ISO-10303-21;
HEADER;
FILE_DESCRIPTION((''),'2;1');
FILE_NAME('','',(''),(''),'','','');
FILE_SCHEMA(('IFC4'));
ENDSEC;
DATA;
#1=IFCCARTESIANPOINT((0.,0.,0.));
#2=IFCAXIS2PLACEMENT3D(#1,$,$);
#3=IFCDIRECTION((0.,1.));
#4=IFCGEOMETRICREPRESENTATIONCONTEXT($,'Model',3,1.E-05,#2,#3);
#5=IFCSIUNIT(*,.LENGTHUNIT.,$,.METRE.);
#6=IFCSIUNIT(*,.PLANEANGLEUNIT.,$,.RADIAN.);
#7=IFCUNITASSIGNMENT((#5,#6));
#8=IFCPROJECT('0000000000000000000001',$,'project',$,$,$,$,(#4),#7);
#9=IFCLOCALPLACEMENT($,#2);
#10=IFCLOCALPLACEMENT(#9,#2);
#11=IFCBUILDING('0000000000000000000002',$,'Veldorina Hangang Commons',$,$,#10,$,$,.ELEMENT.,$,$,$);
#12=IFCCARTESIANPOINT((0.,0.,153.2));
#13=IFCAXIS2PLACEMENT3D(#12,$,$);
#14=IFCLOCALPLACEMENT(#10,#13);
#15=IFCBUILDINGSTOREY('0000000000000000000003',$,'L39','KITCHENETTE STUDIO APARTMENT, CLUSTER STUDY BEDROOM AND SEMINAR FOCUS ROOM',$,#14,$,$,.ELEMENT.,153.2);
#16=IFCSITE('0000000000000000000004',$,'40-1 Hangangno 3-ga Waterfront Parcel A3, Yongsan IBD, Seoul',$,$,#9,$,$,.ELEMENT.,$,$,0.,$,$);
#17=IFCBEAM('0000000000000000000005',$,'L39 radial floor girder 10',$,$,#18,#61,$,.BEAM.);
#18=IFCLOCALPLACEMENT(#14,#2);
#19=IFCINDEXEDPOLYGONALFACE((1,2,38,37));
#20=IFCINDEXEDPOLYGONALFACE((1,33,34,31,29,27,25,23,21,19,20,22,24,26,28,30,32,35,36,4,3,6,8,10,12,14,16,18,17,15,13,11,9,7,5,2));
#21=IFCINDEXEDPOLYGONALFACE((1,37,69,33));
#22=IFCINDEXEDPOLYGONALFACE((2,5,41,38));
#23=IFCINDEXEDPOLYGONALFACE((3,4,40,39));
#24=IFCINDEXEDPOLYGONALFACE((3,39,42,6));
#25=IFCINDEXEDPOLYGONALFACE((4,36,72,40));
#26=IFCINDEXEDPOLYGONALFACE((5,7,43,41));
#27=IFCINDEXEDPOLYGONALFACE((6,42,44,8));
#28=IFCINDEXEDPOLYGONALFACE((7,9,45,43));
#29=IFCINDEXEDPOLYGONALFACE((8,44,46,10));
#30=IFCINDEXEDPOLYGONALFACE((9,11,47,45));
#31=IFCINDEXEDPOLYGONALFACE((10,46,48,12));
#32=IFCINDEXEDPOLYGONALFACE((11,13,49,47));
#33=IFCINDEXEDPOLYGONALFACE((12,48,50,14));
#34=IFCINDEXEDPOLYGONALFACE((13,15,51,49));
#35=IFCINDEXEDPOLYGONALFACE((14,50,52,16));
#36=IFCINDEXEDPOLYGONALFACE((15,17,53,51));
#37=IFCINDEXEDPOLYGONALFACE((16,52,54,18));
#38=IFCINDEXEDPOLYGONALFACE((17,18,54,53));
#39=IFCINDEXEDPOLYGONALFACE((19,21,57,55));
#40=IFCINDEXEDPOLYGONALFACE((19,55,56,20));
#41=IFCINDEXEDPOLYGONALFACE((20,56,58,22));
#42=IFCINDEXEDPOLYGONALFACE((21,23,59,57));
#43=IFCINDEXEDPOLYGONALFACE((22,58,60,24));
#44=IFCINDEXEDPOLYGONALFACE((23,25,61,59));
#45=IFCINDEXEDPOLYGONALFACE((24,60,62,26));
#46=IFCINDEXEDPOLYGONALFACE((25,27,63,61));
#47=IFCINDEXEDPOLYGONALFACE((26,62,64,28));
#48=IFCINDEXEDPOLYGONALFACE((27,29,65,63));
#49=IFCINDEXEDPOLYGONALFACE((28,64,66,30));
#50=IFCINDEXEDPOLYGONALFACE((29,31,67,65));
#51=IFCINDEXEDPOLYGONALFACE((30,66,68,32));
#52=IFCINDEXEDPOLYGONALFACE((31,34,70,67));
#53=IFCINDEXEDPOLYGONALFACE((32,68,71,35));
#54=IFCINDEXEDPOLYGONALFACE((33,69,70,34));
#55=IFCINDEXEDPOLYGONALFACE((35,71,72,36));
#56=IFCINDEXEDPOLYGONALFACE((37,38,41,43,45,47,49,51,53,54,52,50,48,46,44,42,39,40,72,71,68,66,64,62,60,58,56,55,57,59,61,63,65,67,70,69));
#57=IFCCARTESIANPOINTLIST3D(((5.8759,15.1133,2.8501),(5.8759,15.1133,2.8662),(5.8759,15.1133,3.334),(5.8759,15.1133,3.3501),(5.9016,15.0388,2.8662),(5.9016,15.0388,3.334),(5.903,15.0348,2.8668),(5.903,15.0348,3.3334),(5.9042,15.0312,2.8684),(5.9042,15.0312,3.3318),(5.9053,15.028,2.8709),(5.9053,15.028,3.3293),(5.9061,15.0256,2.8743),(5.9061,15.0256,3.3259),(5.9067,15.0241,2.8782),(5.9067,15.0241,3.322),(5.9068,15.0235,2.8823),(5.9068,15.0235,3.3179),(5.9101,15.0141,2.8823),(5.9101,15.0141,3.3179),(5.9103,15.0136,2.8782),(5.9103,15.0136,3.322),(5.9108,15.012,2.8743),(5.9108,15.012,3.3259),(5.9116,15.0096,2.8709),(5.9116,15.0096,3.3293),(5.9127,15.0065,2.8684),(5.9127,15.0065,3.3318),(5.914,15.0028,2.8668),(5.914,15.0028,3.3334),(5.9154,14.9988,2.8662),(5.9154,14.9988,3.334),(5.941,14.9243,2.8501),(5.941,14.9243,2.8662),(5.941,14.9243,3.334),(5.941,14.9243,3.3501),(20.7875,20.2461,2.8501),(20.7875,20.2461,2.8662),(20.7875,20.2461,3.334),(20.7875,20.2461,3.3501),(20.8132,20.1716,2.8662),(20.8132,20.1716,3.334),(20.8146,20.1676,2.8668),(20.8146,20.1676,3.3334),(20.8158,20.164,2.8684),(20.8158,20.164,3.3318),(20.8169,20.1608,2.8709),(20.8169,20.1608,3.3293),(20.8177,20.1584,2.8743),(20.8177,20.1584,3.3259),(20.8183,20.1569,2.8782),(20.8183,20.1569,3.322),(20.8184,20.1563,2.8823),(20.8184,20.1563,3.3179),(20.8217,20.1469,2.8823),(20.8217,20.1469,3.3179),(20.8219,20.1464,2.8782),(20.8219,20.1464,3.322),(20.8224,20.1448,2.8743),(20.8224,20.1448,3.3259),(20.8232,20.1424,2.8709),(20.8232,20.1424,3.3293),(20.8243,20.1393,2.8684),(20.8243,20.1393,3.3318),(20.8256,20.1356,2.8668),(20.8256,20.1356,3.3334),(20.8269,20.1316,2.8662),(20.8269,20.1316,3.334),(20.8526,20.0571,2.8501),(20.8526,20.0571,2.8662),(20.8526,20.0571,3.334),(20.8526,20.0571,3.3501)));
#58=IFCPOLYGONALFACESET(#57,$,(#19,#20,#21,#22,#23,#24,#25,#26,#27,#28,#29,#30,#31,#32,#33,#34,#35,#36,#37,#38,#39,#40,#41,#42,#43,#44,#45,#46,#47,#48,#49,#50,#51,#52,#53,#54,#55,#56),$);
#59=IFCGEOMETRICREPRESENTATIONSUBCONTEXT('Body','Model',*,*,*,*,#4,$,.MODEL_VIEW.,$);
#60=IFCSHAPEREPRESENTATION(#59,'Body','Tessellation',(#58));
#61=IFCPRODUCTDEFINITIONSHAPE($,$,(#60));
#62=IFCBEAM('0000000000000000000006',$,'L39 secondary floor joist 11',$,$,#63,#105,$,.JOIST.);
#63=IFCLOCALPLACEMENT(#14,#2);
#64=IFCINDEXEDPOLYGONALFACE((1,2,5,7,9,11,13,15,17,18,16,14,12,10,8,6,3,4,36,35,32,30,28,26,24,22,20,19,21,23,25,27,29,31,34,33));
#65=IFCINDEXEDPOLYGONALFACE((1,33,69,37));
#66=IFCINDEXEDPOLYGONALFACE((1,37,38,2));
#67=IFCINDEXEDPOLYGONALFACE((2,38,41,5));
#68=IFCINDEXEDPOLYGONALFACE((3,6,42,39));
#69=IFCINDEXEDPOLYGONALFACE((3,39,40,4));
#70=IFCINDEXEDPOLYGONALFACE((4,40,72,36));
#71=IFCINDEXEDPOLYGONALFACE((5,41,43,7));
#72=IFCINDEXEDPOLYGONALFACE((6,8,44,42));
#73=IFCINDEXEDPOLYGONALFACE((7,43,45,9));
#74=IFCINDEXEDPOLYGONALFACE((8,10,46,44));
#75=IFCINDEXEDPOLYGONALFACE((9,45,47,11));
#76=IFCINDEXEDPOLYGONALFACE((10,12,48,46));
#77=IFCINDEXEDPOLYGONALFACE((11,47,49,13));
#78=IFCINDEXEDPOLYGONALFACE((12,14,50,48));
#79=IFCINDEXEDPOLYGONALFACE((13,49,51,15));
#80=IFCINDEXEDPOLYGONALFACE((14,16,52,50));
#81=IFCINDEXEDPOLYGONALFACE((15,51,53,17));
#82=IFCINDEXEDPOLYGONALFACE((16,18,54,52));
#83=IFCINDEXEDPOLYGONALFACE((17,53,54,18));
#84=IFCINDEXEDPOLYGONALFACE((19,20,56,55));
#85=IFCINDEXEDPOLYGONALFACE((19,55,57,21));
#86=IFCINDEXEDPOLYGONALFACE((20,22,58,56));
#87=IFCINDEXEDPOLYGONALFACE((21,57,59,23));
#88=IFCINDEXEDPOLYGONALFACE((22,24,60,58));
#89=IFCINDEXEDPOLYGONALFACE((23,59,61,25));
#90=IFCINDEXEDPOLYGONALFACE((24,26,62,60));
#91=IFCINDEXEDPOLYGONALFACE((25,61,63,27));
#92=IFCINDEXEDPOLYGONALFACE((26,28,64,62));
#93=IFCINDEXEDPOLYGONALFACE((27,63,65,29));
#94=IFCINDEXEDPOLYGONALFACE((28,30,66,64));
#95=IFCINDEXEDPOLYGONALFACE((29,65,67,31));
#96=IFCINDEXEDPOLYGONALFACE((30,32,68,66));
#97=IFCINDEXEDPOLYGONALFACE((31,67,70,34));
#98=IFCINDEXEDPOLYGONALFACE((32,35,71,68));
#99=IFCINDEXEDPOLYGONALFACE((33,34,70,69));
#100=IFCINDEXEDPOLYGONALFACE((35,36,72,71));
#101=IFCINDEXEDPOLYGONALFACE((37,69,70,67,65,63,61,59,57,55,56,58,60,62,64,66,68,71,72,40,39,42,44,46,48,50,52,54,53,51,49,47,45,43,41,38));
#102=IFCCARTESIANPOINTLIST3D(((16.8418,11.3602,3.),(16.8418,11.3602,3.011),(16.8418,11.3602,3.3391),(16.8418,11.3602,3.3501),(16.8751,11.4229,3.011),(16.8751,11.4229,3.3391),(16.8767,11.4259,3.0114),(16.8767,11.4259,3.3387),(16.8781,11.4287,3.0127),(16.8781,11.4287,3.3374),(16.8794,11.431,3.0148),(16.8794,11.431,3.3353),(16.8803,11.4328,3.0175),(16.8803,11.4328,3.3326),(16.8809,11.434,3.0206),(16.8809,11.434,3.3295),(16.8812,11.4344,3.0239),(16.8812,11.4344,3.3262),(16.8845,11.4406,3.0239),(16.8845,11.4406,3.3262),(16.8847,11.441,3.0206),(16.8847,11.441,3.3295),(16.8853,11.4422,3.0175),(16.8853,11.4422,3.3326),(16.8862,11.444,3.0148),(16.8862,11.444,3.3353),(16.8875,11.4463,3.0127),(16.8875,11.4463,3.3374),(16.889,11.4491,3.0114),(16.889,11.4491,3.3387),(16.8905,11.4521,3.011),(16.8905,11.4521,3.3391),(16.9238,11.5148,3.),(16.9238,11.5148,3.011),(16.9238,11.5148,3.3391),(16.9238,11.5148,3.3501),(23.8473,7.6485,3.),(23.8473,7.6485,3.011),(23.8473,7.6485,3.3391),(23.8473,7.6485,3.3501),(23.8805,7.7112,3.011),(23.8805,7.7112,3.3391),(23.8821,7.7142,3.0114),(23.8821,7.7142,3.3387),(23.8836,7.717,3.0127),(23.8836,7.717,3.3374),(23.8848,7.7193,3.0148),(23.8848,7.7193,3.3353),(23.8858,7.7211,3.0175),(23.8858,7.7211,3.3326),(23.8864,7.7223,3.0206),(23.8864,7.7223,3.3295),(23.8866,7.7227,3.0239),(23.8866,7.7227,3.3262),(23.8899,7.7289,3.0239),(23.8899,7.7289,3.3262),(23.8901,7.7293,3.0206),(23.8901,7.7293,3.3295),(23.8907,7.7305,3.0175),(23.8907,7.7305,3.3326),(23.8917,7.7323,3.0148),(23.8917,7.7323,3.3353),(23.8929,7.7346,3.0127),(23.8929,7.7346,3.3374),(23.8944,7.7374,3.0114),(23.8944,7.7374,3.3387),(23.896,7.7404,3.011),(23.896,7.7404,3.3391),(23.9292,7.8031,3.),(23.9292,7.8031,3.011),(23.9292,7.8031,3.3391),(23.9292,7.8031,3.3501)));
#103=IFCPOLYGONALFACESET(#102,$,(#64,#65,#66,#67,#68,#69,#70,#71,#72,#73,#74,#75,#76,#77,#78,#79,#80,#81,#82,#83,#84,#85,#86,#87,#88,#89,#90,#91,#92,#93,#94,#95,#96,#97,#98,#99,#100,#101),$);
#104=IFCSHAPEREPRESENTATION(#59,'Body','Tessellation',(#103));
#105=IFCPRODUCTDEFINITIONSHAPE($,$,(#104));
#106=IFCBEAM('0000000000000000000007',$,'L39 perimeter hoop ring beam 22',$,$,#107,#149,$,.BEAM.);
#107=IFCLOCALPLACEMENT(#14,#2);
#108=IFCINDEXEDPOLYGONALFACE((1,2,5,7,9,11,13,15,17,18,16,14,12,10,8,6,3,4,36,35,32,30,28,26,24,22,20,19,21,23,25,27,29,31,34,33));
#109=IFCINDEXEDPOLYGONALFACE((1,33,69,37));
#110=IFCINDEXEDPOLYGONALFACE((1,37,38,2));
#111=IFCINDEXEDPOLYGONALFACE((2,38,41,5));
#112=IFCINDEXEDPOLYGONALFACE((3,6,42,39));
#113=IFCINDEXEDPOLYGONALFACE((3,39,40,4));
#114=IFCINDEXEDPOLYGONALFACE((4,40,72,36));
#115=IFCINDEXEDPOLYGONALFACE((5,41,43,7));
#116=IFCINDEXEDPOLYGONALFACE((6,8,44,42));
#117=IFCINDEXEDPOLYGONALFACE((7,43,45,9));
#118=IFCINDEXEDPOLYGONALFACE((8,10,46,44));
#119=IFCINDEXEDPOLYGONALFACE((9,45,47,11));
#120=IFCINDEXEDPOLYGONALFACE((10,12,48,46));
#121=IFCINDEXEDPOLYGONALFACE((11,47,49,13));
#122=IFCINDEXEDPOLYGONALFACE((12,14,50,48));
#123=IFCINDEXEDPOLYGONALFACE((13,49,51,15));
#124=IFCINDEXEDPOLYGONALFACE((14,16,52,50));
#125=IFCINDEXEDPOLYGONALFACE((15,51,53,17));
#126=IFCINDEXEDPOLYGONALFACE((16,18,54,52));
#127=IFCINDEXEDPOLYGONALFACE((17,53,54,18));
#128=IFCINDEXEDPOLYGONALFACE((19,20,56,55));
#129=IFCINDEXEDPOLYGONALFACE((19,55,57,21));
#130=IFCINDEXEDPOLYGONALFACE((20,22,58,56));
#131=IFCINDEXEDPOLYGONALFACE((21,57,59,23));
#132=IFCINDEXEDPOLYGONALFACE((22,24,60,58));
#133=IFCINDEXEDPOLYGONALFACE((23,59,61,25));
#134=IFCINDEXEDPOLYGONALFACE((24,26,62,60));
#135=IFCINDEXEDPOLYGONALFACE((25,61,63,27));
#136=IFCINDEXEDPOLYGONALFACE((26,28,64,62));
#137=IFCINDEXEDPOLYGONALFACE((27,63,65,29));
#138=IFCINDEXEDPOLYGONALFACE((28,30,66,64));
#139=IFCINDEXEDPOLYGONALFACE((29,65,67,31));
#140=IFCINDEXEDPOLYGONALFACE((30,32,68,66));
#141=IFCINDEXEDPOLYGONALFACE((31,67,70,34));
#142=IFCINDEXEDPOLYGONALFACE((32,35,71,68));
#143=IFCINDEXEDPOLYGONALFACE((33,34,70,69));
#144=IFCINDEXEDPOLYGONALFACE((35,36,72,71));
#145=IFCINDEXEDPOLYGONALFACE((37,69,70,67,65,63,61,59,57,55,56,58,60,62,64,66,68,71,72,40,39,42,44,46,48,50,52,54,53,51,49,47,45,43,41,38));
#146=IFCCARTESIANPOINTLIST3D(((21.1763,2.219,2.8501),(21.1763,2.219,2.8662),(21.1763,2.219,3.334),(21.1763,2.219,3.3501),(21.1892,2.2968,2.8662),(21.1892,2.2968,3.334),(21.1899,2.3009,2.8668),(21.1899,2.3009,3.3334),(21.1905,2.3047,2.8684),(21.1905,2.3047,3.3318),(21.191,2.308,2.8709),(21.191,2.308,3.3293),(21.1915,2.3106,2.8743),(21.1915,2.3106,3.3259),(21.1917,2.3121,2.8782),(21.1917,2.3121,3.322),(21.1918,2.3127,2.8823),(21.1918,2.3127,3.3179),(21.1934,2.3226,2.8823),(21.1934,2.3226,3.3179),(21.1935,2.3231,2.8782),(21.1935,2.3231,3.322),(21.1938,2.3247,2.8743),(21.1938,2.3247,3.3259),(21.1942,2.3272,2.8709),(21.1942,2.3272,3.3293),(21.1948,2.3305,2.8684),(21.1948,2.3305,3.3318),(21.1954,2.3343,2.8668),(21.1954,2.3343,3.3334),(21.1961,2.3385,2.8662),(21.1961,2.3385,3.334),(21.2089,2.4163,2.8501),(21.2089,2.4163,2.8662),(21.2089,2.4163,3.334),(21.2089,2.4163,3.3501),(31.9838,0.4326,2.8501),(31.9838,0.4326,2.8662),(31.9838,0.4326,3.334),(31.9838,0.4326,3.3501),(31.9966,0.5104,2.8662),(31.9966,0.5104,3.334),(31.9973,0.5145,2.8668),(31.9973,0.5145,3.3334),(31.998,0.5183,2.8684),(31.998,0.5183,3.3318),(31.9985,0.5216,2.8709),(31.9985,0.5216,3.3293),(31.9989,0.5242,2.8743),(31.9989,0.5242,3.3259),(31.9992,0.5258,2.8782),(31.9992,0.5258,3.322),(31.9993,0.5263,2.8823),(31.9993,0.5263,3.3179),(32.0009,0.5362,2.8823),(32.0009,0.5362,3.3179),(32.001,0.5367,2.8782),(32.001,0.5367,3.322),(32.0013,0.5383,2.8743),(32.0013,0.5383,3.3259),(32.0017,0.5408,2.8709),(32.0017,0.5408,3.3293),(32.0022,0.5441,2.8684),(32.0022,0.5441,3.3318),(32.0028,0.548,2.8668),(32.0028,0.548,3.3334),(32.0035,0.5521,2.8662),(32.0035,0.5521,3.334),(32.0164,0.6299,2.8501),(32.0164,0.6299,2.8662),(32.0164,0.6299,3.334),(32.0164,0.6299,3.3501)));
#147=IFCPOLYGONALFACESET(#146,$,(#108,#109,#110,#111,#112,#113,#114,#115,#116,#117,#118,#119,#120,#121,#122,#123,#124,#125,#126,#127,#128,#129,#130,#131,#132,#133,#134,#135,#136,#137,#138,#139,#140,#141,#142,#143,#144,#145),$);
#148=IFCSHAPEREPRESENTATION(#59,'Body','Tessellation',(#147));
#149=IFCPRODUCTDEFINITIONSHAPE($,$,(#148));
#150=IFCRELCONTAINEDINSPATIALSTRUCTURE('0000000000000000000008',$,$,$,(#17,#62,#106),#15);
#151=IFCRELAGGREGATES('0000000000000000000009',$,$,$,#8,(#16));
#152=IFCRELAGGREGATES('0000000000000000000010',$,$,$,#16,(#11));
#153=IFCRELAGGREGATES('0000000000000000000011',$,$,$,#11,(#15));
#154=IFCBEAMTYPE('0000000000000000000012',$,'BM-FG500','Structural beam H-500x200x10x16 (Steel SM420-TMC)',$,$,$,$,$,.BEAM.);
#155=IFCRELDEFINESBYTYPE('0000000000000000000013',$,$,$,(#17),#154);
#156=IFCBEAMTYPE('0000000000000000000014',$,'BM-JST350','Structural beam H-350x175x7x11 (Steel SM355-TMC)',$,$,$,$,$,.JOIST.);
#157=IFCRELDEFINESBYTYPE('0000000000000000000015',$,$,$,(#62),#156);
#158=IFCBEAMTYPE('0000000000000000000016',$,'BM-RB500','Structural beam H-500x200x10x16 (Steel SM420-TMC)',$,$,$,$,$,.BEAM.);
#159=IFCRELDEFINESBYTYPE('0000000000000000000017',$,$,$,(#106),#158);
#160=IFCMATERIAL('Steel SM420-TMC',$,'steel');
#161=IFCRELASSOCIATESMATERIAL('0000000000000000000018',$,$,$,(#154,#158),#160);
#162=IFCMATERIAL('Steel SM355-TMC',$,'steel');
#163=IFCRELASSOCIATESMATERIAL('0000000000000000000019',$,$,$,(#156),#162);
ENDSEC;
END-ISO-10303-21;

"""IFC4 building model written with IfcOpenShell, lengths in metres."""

from ifc_helpers import new_model, si_unit, direction, frame, origin, origin_2d, place, context, subcontext, project, spatial, i_section, extrude, material, material_profile, profile_set, type_object, element, save


model = new_model("IFC4")

# Units and contexts
model_context = context("Model", 3, precision=1e-05, world=origin(), true_north=direction((0.0, 1.0)))
body_context = subcontext(model_context, "Body", "Model", "MODEL_VIEW")
ifc_project = project(units=[si_unit("LENGTHUNIT", "METRE"), si_unit("PLANEANGLEUNIT", "RADIAN")], contexts=[model_context])

# Site, building, storey
site_placement = place(None, origin())
site = spatial("IfcSite", under=ifc_project, at=site_placement, Name="40-1 Hangangno 3-ga Waterfront Parcel A3, Yongsan IBD, Seoul", CompositionType="ELEMENT", RefElevation=0.0)
building_placement = place(site_placement, origin())
building = spatial("IfcBuilding", under=site, at=building_placement, Name="Veldorina Hangang Commons", CompositionType="ELEMENT")
storey_placement = place(building_placement, frame((0.0, 0.0, 153.2)))
storey = spatial("IfcBuildingStorey", under=building, at=storey_placement, Name="L39", Description="KITCHENETTE STUDIO APARTMENT, CLUSTER STUDY BEDROOM AND SEMINAR FOCUS ROOM", CompositionType="ELEMENT", Elevation=153.2)

# Beams
ifc_material_1 = material(Name="Steel SM420-TMC", Category="steel")
ifc_material_profile_1 = material_profile(ifc_material_1, i_section(OverallWidth=0.2, OverallDepth=0.5, WebThickness=0.01, FlangeThickness=0.0161, FilletRadius=0.0161, at=origin_2d()), Name="H-500x200x10x16")
ifc_profile_set_1 = profile_set([ifc_material_profile_1], Name="Steel SM420-TMC")
beam_type_1 = type_object("IfcBeamType", Name="BM-FG500", Description="Structural beam H-500x200x10x16 (Steel SM420-TMC)", PredefinedType="BEAM", material=ifc_profile_set_1)
beam_1_placement = place(storey_placement, frame((20.8201, 20.1516, 3.1001), z_axis=(-0.945551, -0.325473, 0.0), x_axis=(0.325473, -0.945551, 0.0)))
element("IfcBeam", 1, at=beam_1_placement, inside=storey, type_object=beam_type_1, Name="L39 radial floor girder 10", PredefinedType="BEAM", context=body_context, shape_type="SweptSolid", body=[
    extrude(i_section(OverallWidth=0.2, OverallDepth=0.5, WebThickness=0.01, FlangeThickness=0.0161, FilletRadius=0.0161, at=origin_2d()), origin(), (0.0, 0.0, 1.0), 15.7703),
])
ifc_material_2 = material(Name="Steel SM355-TMC", Category="steel")
ifc_material_profile_2 = material_profile(ifc_material_2, i_section(OverallWidth=0.175, OverallDepth=0.3501, WebThickness=0.0071, FlangeThickness=0.011, FilletRadius=0.0129, at=origin_2d()), Name="H-350x175x7x11")
ifc_profile_set_2 = profile_set([ifc_material_profile_2], Name="Steel SM355-TMC")
beam_type_2 = type_object("IfcBeamType", Name="BM-JST350", Description="Structural beam H-350x175x7x11 (Steel SM355-TMC)", PredefinedType="JOIST", material=ifc_profile_set_2)
beam_2_placement = place(storey_placement, frame((16.8828, 11.4375, 3.175), z_axis=(0.883634, -0.468178, 0.0), x_axis=(0.468178, 0.883634, 0.0)))
element("IfcBeam", 2, at=beam_2_placement, inside=storey, type_object=beam_type_2, Name="L39 secondary floor joist 11", PredefinedType="JOIST", context=body_context, shape_type="SweptSolid", body=[
    extrude(i_section(OverallWidth=0.175, OverallDepth=0.3501, WebThickness=0.0071, FlangeThickness=0.011, FilletRadius=0.0129, at=origin_2d()), origin(), (0.0, 0.0, 1.0), 7.928),
])
ifc_material_profile_3 = material_profile(ifc_material_1, i_section(OverallWidth=0.2, OverallDepth=0.5, WebThickness=0.01, FlangeThickness=0.0161, FilletRadius=0.0161, at=origin_2d()), Name="H-500x200x10x16")
ifc_profile_set_3 = profile_set([ifc_material_profile_3], Name="Steel SM420-TMC")
beam_type_3 = type_object("IfcBeamType", Name="BM-RB500", Description="Structural beam H-500x200x10x16 (Steel SM420-TMC)", PredefinedType="BEAM", material=ifc_profile_set_3)
beam_3_placement = place(storey_placement, frame((21.1926, 2.3176, 3.1001), z_axis=(0.986613, -0.16308, 0.0), x_axis=(0.16308, 0.986613, 0.0)))
element("IfcBeam", 3, at=beam_3_placement, inside=storey, type_object=beam_type_3, Name="L39 perimeter hoop ring beam 22", PredefinedType="BEAM", context=body_context, shape_type="SweptSolid", body=[
    extrude(i_section(OverallWidth=0.2, OverallDepth=0.5, WebThickness=0.01, FlangeThickness=0.0161, FilletRadius=0.0161, at=origin_2d()), origin(), (0.0, 0.0, 1.0), 10.9541),
])

save(model, "model.ifc")
